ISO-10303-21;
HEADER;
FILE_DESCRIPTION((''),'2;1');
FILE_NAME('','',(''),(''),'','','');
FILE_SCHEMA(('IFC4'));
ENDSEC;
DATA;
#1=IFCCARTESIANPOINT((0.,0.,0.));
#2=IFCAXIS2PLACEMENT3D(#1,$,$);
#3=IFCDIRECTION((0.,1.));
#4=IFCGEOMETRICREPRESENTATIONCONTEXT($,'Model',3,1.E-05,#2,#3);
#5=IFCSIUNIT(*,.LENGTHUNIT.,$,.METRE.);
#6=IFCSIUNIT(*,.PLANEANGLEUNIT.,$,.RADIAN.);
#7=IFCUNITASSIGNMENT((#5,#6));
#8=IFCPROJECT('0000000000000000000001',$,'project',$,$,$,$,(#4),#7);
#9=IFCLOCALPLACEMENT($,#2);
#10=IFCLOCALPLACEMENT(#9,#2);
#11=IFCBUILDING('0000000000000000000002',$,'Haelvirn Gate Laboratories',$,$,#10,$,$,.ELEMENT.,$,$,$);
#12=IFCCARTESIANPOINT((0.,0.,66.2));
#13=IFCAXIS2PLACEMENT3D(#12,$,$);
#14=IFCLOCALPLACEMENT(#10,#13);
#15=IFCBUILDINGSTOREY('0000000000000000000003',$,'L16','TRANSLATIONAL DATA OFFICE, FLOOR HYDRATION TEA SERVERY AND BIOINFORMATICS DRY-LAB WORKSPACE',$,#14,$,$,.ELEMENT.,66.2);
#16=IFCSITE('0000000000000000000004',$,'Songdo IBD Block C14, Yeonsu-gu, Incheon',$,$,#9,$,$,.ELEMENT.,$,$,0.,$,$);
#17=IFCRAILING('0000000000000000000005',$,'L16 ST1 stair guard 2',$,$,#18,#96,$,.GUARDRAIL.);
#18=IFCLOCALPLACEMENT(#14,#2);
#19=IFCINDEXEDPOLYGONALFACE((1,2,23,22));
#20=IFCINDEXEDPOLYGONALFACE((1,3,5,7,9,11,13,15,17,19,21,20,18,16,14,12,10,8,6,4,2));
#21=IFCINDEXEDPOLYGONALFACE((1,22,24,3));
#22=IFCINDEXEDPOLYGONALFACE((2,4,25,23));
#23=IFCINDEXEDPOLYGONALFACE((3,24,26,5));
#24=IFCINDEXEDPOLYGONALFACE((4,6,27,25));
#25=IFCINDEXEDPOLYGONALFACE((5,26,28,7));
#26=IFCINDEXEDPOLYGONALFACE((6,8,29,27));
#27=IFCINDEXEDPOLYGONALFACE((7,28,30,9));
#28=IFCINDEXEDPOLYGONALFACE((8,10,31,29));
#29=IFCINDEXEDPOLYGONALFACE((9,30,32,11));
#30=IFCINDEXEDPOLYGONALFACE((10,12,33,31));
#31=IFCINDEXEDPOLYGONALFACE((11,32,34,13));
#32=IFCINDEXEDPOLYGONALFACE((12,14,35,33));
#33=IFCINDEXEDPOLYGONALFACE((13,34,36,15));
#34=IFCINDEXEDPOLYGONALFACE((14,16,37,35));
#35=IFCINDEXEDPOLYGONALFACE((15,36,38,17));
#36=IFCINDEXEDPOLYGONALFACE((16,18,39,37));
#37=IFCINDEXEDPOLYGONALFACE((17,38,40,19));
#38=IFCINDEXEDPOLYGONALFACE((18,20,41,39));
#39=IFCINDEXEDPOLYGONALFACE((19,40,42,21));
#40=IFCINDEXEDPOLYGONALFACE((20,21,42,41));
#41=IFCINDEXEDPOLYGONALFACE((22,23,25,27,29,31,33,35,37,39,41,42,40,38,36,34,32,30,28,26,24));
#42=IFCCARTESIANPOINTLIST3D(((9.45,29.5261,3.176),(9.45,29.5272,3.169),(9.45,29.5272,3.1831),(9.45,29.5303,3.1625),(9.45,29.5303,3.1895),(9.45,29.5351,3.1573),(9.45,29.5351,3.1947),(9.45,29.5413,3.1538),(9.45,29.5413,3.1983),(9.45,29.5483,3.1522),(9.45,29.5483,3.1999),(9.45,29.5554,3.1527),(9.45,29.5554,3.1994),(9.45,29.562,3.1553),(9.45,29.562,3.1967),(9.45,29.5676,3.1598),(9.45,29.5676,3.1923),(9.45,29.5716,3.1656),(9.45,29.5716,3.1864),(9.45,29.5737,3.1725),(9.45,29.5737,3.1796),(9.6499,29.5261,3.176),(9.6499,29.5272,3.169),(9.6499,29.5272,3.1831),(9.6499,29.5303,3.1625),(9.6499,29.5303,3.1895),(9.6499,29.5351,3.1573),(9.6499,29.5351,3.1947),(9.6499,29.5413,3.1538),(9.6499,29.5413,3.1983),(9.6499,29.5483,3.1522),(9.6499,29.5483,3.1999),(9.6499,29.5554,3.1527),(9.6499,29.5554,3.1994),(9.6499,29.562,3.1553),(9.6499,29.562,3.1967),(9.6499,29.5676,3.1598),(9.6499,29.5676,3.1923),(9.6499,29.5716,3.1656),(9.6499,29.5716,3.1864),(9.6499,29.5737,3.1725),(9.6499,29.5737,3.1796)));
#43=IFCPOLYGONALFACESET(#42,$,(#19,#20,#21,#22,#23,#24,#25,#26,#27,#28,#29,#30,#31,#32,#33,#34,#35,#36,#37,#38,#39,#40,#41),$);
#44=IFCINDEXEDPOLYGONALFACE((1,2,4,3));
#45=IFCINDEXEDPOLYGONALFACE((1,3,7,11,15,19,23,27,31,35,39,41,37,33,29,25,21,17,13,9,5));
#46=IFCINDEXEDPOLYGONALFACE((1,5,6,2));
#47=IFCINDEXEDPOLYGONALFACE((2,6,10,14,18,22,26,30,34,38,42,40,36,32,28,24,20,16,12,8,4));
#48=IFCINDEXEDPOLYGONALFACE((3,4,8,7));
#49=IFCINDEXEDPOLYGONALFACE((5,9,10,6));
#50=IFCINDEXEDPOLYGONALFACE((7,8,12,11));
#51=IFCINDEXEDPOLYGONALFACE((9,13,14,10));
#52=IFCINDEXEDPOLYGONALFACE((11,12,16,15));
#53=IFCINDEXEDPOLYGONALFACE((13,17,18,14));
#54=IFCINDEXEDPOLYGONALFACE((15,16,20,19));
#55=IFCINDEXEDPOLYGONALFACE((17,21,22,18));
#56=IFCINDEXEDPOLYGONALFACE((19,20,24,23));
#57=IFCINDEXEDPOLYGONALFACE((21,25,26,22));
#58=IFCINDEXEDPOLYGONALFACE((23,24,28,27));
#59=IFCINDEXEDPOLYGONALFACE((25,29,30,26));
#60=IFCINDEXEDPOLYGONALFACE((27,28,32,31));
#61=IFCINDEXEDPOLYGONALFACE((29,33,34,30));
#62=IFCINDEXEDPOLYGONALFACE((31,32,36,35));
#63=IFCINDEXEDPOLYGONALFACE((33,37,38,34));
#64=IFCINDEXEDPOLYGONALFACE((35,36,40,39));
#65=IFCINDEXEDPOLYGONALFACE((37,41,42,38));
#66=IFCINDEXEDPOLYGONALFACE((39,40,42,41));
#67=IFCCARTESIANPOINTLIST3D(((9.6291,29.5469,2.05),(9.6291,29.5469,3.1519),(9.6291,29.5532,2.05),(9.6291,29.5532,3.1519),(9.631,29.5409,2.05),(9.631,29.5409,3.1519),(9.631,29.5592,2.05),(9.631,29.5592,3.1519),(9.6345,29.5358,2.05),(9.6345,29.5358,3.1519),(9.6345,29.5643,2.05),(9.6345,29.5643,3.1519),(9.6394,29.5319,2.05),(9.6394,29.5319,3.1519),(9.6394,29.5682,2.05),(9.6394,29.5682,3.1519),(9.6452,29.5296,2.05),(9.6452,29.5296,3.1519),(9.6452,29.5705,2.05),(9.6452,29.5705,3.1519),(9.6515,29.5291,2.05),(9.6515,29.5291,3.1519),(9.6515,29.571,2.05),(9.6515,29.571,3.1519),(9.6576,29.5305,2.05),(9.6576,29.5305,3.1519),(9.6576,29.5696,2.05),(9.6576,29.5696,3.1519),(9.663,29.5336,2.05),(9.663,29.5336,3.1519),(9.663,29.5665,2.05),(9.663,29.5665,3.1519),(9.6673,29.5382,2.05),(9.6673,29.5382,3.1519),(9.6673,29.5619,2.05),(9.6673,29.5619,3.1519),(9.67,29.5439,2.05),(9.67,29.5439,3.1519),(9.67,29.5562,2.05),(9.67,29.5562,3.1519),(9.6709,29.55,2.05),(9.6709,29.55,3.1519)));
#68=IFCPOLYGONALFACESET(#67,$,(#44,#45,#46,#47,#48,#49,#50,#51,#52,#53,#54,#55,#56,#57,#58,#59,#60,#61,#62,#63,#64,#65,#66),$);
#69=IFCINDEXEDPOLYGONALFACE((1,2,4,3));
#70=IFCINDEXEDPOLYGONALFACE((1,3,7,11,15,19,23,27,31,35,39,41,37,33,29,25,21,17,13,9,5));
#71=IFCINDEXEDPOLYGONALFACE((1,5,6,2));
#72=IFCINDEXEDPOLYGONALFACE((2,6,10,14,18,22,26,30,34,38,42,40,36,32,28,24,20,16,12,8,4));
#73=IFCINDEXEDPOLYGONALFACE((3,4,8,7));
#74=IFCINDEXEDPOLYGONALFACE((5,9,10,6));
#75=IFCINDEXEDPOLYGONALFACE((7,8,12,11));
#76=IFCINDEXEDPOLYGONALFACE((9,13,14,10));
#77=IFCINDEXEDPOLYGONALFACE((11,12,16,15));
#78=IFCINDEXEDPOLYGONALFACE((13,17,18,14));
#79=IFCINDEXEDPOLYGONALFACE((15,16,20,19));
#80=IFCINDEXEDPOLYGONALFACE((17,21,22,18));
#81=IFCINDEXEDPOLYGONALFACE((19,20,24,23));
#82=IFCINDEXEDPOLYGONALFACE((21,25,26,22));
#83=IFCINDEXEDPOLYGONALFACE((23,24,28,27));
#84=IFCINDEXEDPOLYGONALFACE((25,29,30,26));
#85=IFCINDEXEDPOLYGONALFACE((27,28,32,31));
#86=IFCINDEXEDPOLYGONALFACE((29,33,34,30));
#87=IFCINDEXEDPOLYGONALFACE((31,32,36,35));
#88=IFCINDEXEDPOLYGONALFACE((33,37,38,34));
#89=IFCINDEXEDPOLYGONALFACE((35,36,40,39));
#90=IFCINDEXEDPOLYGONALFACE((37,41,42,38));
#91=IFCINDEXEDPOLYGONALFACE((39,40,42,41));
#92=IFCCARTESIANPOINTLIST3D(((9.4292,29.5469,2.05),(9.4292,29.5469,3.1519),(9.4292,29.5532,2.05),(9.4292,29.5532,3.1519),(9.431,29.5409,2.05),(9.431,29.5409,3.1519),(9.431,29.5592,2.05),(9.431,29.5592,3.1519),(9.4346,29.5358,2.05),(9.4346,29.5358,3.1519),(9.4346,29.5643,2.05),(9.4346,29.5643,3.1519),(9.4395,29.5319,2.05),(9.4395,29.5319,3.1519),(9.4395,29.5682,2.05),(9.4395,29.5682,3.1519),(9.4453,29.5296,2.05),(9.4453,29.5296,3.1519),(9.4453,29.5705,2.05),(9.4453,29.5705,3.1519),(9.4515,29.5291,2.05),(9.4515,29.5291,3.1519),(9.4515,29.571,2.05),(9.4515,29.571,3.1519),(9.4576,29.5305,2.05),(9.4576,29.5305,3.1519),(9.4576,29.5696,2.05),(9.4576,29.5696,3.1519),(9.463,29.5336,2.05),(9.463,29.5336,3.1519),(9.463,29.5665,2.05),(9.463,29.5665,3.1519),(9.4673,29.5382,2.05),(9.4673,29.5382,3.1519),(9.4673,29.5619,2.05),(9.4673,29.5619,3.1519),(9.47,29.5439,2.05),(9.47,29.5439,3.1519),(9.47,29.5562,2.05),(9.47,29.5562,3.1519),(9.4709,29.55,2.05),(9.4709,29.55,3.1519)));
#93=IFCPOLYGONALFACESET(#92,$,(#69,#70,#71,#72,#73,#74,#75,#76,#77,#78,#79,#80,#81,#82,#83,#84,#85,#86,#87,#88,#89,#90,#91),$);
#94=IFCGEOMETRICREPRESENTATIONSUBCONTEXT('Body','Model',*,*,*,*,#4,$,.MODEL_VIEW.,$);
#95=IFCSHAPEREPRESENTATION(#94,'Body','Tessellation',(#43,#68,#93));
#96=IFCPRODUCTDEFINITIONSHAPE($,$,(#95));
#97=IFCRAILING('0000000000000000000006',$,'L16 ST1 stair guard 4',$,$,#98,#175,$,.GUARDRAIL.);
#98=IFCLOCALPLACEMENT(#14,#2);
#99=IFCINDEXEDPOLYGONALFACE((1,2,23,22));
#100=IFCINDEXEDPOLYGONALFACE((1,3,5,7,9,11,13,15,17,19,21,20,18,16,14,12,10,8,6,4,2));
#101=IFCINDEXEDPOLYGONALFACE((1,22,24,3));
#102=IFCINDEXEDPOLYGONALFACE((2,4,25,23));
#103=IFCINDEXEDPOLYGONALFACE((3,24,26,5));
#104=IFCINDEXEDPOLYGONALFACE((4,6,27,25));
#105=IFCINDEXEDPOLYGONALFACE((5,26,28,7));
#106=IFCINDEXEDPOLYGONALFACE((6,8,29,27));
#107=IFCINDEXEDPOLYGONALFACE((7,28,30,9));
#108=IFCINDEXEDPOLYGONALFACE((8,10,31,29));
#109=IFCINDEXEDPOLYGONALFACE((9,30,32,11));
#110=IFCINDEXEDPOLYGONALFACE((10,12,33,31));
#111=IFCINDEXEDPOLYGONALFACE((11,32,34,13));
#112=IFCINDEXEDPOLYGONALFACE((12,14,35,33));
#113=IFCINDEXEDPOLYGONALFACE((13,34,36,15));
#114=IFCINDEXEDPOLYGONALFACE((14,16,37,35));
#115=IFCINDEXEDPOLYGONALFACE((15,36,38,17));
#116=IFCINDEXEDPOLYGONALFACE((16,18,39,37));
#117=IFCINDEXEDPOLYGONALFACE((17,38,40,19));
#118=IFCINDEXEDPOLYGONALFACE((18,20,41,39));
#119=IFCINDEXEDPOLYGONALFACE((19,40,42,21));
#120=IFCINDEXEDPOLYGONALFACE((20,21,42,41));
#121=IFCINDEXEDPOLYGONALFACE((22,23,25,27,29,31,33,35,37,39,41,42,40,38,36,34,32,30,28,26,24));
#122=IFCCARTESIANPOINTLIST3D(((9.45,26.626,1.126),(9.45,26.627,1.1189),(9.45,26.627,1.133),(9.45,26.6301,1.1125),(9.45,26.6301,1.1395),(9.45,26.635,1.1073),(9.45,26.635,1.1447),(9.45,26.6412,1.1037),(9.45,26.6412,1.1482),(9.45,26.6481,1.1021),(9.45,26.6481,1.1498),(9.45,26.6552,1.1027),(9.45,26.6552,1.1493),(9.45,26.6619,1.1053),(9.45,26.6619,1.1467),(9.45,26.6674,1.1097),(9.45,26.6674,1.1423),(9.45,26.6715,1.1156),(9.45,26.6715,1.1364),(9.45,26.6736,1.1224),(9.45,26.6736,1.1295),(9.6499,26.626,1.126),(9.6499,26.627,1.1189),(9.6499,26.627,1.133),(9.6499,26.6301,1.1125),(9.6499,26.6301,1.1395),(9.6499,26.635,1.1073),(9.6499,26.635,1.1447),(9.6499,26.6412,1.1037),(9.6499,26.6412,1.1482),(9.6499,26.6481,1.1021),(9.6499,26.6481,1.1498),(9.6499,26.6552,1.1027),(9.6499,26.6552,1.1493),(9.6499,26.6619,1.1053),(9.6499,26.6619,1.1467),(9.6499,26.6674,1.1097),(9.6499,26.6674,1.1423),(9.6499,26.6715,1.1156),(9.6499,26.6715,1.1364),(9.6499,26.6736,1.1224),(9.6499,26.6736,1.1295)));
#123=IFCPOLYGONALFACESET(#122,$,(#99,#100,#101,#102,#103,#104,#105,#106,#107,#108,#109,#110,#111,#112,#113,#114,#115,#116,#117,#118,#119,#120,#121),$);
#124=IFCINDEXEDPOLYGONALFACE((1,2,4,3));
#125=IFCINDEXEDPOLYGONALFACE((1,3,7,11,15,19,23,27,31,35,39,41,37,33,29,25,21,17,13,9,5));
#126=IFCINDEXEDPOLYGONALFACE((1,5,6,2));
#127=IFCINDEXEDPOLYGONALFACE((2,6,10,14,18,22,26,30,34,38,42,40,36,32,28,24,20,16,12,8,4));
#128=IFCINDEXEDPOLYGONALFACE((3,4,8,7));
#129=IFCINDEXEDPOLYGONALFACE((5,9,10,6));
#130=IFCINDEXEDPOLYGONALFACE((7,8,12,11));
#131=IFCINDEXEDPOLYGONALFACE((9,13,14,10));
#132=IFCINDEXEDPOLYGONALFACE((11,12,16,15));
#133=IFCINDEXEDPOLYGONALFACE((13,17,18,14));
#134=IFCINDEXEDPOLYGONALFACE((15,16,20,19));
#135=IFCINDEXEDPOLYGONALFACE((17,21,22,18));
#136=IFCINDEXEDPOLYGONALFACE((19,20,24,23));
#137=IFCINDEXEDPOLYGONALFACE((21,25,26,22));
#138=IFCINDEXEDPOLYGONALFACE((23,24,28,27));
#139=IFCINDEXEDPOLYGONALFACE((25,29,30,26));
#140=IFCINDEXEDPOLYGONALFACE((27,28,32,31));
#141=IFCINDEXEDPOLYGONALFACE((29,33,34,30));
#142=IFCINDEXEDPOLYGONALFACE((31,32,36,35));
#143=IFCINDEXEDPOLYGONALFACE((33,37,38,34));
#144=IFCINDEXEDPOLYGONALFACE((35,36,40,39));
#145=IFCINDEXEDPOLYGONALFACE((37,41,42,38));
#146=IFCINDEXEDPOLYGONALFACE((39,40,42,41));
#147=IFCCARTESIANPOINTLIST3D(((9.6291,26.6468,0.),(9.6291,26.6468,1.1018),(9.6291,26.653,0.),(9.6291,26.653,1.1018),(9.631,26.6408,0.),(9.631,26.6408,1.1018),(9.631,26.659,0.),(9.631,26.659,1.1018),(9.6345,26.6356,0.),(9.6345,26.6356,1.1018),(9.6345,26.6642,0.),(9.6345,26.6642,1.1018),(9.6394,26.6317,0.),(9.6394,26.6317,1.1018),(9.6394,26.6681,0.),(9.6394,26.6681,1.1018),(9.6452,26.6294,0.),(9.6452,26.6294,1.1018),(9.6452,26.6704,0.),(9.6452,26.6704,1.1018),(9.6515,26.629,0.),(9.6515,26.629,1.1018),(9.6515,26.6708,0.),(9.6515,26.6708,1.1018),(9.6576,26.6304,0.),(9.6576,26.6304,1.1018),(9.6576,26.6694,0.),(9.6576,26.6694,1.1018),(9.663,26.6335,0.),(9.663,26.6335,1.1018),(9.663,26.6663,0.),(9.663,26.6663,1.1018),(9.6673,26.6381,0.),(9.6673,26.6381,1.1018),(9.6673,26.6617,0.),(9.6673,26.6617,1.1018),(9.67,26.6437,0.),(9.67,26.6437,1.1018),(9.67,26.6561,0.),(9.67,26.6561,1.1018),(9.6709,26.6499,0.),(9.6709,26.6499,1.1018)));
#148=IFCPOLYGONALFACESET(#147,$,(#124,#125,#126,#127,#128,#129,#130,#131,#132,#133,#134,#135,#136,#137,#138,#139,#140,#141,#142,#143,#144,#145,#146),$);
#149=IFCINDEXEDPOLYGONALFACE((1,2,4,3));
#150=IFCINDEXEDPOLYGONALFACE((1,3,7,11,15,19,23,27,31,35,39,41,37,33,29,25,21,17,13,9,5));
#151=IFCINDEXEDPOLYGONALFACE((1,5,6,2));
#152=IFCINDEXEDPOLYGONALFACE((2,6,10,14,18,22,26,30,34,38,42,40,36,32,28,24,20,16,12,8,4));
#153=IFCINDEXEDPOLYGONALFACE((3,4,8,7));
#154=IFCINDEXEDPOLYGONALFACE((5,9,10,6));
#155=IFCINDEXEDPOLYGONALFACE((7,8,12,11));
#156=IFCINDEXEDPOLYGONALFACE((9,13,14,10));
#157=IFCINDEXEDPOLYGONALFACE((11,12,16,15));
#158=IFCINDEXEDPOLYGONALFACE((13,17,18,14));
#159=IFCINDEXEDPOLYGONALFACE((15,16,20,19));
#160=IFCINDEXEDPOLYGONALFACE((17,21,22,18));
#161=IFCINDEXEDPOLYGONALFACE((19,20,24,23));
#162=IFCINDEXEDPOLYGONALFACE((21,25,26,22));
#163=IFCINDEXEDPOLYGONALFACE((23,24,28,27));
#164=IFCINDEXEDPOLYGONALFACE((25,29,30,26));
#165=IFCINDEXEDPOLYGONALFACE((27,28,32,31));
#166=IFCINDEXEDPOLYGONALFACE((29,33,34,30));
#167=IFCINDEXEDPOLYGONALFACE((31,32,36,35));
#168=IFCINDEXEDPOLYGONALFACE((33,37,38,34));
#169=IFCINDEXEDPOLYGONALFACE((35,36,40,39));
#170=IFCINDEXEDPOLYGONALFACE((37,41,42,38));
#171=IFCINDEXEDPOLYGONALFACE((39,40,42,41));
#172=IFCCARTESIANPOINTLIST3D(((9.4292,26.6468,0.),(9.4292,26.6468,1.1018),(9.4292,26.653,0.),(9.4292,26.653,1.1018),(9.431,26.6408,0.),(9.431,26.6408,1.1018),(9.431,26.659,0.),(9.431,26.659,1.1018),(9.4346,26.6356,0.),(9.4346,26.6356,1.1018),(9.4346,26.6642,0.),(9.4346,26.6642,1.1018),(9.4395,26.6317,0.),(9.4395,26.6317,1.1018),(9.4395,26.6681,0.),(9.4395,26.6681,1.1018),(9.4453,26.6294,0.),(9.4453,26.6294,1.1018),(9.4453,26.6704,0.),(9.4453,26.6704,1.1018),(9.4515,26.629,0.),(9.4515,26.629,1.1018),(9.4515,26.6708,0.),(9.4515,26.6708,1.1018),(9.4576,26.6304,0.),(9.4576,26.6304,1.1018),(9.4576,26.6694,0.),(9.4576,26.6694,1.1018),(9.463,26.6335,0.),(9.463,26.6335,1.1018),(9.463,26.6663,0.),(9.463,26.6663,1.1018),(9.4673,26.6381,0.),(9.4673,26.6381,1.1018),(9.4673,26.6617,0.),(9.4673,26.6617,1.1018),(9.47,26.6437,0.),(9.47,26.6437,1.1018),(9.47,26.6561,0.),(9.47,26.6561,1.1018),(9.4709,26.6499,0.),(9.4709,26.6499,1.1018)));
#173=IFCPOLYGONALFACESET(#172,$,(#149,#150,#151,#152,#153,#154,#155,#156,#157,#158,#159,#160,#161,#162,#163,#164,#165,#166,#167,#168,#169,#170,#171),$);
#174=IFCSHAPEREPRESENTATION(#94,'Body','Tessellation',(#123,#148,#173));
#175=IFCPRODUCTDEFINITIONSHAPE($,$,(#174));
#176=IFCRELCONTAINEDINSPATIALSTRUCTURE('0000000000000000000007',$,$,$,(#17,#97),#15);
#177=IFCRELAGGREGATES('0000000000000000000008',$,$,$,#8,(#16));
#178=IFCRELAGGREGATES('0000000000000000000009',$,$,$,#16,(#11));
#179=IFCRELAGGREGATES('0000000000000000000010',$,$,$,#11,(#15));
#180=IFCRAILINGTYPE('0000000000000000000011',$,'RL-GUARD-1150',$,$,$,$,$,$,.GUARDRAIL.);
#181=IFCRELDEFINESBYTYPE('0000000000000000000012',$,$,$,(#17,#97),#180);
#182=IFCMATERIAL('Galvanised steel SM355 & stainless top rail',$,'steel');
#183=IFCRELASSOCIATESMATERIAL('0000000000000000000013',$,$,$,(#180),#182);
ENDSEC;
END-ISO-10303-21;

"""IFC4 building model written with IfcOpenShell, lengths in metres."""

from ifc_helpers import new_model, si_unit, direction, frame, origin, origin_2d, place, context, subcontext, project, spatial, circle, extrude, source, transform, mapped, material, type_object, element, save


model = new_model("IFC4")

# Units and contexts
model_context = context("Model", 3, precision=1e-05, world=origin(), true_north=direction((0.0, 1.0)))
body_context = subcontext(model_context, "Body", "Model", "MODEL_VIEW")
ifc_project = project(units=[si_unit("LENGTHUNIT", "METRE"), si_unit("PLANEANGLEUNIT", "RADIAN")], contexts=[model_context])

# Site, building, storey
site_placement = place(None, origin())
site = spatial("IfcSite", under=ifc_project, at=site_placement, Name="Songdo IBD Block C14, Yeonsu-gu, Incheon", CompositionType="ELEMENT", RefElevation=0.0)
building_placement = place(site_placement, origin())
building = spatial("IfcBuilding", under=site, at=building_placement, Name="Haelvirn Gate Laboratories", CompositionType="ELEMENT")
storey_placement = place(building_placement, frame((0.0, 0.0, 66.2)))
storey = spatial("IfcBuildingStorey", under=building, at=storey_placement, Name="L16", Description="TRANSLATIONAL DATA OFFICE, FLOOR HYDRATION TEA SERVERY AND BIOINFORMATICS DRY-LAB WORKSPACE", CompositionType="ELEMENT", Elevation=66.2)

# Railings
ifc_material_1 = material(Name="Galvanised steel SM355 & stainless top rail", Category="steel")
railing_type_1 = type_object("IfcRailingType", Name="RL-GUARD-1150", PredefinedType="GUARDRAIL", material=ifc_material_1)
shared_shape_1 = source(origin(), body_context, "Body", "SweptSolid", [
    extrude(circle(Radius=0.0239, at=origin_2d()), frame((0.0, 0.0, 1.126), z_axis=(-1.0, 0.0, 0.0), x_axis=(0.0, -1.0, 0.0)), (0.0, 0.0, 1.0), 0.2),
    extrude(circle(Radius=0.021, at=origin_2d()), origin(), (0.0, 0.0, 1.0), 1.1018),
    extrude(circle(Radius=0.021, at=origin_2d()), frame((-0.2, 0.0, 0.0)), (0.0, 0.0, 1.0), 1.1018),
])
for number, where, name in (
    (1, (9.6499, 29.55, 2.05), "L16 ST1 stair guard 2"),
    (2, (9.6499, 26.6499, 0.0), "L16 ST1 stair guard 4"),
):
    element("IfcRailing", number, at=place(storey_placement, frame(where)), inside=storey, type_object=railing_type_1, Name=name, PredefinedType="GUARDRAIL", context=body_context, shape_type="MappedRepresentation", body=[
        mapped(shared_shape_1, transform((0.0, 0.0, 0.0), scale=1.0)),
    ])

save(model, "model.ifc")
